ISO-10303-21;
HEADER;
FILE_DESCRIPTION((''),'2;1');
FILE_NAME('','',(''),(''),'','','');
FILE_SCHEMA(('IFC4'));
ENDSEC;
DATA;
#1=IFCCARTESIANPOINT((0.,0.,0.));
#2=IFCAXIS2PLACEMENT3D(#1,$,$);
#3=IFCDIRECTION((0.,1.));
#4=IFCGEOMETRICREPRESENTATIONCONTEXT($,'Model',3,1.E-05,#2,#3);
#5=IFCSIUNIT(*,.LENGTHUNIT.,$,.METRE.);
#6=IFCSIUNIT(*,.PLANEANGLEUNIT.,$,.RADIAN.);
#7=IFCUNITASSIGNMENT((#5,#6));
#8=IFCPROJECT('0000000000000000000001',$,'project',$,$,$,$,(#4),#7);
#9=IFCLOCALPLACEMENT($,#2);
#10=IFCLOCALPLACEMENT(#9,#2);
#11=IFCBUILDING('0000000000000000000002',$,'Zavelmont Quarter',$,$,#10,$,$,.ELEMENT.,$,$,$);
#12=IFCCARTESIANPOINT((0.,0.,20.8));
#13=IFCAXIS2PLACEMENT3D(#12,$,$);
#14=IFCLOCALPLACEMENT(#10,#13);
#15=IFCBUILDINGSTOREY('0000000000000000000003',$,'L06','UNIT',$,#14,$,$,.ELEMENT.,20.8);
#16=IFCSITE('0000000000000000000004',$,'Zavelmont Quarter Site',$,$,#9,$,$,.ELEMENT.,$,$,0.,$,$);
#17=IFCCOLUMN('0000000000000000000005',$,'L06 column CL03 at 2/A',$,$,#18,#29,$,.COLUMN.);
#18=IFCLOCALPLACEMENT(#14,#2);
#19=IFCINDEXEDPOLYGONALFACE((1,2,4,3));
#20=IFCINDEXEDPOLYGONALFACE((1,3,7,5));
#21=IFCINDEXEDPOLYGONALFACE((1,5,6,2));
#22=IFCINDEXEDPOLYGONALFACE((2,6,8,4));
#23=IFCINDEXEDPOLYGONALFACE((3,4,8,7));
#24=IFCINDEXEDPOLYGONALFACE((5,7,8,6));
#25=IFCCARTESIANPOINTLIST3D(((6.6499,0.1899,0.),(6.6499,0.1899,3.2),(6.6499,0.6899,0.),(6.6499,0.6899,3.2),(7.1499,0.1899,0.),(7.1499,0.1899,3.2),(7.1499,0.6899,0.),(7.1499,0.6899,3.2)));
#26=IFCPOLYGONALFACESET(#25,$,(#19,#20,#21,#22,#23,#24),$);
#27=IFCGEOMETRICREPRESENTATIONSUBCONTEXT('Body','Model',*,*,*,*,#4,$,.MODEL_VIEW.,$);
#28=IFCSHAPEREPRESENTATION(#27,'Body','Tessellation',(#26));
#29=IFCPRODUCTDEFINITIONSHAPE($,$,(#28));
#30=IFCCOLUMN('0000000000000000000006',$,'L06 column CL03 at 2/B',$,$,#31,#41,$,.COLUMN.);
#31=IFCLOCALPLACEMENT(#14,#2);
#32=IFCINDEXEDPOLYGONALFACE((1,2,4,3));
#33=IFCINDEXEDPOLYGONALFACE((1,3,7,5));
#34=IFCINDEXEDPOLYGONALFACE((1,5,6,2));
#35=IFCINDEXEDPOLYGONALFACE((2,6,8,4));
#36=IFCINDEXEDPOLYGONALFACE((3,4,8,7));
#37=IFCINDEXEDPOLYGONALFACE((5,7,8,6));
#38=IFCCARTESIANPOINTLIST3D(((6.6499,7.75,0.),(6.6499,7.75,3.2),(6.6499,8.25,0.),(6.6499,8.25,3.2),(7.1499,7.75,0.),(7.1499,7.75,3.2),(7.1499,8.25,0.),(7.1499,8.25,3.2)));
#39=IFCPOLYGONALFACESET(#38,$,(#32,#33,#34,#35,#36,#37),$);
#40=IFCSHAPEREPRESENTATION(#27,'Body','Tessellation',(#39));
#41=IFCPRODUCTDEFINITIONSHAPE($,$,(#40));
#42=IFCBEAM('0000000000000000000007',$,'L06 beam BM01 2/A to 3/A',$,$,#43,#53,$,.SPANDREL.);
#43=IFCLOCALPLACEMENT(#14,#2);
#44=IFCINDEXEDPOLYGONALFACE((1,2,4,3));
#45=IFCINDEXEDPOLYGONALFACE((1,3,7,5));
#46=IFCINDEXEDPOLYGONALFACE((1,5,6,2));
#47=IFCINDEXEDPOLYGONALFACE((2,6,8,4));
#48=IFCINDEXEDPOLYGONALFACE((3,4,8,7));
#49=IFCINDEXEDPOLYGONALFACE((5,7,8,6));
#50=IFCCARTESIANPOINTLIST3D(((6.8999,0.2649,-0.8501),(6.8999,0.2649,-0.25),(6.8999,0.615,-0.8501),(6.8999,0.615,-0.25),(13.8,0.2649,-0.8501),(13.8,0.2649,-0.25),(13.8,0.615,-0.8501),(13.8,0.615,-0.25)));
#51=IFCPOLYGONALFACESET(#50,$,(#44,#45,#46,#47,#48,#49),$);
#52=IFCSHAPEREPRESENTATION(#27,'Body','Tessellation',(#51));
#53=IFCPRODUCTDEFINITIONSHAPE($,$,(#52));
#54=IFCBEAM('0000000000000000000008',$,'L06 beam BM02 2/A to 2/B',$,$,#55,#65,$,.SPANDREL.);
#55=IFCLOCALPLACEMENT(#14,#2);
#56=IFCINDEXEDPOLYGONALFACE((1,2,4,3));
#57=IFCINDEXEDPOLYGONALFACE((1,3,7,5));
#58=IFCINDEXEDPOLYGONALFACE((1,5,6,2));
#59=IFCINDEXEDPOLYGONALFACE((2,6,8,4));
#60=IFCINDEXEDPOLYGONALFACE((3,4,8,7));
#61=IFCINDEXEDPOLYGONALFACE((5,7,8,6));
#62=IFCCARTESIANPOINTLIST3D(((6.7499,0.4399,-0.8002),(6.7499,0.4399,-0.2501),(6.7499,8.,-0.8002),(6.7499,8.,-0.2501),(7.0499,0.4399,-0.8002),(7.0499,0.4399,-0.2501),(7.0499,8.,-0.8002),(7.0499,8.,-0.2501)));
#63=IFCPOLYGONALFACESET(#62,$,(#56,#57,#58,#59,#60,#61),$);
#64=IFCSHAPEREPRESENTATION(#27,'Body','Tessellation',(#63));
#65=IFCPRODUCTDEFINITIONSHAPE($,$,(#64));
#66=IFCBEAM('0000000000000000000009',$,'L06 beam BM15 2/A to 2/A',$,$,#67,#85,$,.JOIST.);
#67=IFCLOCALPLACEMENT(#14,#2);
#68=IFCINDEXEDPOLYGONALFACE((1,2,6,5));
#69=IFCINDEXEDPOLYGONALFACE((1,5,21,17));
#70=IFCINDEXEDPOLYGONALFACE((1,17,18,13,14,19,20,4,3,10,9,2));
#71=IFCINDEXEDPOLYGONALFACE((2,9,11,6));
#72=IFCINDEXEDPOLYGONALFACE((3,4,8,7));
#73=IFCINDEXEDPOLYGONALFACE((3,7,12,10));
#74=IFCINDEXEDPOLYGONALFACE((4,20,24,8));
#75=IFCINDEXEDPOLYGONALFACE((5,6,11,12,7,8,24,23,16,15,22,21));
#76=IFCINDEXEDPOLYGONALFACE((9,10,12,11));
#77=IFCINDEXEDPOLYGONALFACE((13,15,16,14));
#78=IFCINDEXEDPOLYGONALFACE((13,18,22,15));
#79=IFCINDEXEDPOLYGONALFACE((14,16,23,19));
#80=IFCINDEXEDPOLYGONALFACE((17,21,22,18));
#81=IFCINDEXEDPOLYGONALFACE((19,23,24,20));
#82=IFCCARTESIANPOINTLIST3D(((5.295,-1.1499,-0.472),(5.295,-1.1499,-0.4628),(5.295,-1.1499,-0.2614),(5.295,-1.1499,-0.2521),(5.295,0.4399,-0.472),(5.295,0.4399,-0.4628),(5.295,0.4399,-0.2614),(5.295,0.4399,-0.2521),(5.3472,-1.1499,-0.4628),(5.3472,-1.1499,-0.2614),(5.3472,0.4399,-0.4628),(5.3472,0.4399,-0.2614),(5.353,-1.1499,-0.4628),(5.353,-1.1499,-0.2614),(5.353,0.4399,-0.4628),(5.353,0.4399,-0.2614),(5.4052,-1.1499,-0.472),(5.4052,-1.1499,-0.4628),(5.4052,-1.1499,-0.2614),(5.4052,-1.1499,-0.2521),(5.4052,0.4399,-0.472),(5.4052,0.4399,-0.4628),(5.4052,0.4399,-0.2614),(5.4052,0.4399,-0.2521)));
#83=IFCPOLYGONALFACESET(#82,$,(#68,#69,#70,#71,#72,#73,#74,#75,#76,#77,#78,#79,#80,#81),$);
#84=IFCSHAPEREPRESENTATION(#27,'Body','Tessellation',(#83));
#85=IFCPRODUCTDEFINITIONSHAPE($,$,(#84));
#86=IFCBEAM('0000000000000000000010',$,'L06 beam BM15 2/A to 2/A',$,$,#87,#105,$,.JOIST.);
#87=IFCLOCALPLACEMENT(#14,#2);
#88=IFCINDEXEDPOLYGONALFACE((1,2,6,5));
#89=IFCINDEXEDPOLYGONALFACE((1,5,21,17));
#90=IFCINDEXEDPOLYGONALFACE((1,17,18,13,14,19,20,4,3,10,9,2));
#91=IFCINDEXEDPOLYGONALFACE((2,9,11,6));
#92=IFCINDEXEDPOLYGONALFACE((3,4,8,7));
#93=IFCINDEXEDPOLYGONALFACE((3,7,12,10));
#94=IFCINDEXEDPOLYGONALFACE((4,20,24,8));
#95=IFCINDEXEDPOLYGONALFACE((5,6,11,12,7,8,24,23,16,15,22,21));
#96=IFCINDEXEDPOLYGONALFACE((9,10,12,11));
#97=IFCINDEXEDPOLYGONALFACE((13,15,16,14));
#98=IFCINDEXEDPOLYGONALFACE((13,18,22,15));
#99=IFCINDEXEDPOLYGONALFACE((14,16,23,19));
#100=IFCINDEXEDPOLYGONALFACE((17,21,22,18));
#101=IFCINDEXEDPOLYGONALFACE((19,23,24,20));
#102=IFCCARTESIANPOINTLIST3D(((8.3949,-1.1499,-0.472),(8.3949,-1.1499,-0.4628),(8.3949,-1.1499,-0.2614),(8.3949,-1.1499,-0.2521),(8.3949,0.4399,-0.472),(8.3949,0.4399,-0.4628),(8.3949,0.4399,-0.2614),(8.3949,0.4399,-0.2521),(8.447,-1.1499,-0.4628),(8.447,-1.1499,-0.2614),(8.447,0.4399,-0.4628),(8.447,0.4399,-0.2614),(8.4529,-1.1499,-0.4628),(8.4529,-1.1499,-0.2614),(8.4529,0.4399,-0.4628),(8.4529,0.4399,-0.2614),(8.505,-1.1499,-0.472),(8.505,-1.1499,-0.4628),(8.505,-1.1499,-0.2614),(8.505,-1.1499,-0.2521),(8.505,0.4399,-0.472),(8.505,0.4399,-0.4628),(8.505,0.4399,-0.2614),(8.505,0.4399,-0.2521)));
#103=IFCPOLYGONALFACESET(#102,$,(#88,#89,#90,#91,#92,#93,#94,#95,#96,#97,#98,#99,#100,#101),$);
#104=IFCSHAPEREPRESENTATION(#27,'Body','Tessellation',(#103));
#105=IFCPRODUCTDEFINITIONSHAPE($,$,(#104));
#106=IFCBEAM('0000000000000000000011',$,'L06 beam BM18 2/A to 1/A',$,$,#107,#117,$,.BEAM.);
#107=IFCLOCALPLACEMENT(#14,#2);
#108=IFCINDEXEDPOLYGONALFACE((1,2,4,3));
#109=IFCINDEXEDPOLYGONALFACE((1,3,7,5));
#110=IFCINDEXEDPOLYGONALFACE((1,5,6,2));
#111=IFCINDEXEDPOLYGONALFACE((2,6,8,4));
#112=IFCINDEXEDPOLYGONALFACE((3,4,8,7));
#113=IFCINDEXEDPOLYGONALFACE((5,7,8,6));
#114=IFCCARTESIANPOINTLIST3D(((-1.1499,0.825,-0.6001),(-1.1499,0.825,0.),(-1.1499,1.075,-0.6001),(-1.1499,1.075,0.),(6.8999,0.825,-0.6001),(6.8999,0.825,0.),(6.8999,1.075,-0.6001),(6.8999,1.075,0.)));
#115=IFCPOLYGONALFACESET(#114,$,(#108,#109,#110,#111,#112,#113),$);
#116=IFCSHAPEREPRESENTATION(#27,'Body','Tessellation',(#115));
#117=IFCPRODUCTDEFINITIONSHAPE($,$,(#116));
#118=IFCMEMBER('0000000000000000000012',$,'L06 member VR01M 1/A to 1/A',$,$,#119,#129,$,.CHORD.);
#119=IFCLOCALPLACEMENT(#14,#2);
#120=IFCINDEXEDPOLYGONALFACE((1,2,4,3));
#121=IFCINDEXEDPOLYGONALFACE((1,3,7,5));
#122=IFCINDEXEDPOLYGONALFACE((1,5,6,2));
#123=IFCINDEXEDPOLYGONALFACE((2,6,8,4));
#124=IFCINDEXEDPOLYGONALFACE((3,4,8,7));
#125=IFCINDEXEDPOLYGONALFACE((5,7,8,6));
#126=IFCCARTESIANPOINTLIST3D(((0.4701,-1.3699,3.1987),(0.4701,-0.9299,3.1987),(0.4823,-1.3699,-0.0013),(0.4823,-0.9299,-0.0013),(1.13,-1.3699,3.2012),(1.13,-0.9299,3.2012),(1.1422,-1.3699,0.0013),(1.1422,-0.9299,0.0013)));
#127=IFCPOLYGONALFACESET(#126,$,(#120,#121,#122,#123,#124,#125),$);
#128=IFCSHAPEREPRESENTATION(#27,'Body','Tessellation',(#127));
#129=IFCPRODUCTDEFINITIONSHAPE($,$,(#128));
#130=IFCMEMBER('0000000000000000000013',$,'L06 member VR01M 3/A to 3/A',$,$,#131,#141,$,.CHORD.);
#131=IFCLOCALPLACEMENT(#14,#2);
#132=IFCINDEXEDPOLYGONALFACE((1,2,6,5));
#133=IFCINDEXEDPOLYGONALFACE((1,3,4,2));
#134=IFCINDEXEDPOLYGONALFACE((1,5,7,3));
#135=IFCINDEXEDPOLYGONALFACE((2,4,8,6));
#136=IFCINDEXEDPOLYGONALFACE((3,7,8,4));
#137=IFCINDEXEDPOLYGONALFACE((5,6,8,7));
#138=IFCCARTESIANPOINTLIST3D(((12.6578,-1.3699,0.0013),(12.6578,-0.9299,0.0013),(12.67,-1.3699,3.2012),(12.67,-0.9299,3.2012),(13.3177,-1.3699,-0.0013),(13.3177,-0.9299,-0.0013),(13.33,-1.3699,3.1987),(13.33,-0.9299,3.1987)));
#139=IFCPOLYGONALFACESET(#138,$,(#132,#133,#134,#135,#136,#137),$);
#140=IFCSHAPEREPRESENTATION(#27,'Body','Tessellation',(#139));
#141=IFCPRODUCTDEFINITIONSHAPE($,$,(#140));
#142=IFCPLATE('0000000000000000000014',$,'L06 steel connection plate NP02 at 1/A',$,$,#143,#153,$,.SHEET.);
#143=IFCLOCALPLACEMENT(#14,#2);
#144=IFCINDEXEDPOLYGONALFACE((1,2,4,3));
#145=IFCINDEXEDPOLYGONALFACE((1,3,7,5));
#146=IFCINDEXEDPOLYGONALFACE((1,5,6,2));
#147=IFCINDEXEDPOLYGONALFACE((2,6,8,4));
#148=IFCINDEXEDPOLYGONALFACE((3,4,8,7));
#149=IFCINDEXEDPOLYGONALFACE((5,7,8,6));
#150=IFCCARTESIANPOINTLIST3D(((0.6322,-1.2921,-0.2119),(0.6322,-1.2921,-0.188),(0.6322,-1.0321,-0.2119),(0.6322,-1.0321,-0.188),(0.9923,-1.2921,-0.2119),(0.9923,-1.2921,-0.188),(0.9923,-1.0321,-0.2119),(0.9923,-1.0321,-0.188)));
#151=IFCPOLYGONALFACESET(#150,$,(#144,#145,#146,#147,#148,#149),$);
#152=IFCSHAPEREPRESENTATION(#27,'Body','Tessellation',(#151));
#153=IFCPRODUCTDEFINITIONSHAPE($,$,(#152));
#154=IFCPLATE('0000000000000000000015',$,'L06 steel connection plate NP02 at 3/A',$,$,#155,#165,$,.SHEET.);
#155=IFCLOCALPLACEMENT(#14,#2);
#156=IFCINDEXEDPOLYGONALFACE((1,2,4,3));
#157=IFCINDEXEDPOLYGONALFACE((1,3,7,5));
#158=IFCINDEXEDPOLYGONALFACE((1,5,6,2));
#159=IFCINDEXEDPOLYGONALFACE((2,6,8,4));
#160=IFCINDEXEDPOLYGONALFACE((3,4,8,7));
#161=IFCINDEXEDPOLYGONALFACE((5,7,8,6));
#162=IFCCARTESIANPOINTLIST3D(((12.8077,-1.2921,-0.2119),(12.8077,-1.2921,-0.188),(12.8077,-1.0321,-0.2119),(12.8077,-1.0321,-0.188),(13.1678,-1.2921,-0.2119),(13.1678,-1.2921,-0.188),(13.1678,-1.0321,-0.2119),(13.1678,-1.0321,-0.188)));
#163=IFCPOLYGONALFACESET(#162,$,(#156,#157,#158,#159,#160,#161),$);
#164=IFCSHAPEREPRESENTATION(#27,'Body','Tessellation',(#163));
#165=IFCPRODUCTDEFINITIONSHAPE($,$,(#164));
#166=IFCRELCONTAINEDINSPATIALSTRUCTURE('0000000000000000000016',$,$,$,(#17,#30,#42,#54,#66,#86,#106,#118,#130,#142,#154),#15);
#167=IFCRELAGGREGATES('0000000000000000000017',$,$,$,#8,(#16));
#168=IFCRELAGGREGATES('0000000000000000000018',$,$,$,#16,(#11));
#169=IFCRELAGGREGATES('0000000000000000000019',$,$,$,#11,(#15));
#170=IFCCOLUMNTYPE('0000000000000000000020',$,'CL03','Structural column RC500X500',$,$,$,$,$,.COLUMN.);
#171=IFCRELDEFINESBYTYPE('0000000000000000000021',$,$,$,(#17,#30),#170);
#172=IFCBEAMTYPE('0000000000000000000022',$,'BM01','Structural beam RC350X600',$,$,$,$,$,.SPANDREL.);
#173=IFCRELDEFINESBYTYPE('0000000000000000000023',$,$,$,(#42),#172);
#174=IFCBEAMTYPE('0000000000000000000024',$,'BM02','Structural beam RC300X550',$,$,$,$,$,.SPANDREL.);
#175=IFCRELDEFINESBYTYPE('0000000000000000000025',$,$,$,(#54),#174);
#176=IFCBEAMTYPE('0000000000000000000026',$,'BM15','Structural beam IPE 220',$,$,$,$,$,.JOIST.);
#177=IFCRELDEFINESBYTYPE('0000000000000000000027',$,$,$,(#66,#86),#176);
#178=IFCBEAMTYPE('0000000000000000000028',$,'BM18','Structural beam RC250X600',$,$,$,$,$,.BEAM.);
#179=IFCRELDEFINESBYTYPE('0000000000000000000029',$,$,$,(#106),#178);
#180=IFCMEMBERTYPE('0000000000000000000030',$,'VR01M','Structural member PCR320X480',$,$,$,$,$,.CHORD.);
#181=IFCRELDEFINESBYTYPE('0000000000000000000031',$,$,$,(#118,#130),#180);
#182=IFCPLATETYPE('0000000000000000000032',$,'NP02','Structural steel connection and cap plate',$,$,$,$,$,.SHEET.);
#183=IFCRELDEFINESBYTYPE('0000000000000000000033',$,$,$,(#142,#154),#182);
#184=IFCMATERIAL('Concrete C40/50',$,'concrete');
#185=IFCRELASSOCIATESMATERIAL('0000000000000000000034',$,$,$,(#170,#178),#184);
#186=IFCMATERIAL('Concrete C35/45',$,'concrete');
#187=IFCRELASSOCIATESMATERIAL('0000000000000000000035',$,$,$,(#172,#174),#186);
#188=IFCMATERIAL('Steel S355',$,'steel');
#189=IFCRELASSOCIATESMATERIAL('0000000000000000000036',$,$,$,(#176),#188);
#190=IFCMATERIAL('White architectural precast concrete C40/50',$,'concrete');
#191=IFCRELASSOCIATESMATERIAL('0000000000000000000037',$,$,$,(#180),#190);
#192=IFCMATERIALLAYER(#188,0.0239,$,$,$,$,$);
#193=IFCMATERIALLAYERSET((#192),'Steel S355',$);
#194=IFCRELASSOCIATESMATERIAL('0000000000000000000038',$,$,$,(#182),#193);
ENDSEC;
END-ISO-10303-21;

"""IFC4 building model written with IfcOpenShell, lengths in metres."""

from ifc_helpers import new_model, si_unit, direction, frame, origin, origin_2d, place, context, subcontext, project, spatial, rectangle, i_section, extrude, material, layer, layer_set, material_profile, profile_set, type_object, element, save


model = new_model("IFC4")

# Units and contexts
model_context = context("Model", 3, precision=1e-05, world=origin(), true_north=direction((0.0, 1.0)))
body_context = subcontext(model_context, "Body", "Model", "MODEL_VIEW")
ifc_project = project(units=[si_unit("LENGTHUNIT", "METRE"), si_unit("PLANEANGLEUNIT", "RADIAN")], contexts=[model_context])

# Site, building, storey
site_placement = place(None, origin())
site = spatial("IfcSite", under=ifc_project, at=site_placement, Name="Zavelmont Quarter Site", CompositionType="ELEMENT", RefElevation=0.0)
building_placement = place(site_placement, origin())
building = spatial("IfcBuilding", under=site, at=building_placement, Name="Zavelmont Quarter", CompositionType="ELEMENT")
storey_placement = place(building_placement, frame((0.0, 0.0, 20.8)))
storey = spatial("IfcBuildingStorey", under=building, at=storey_placement, Name="L06", Description="UNIT", CompositionType="ELEMENT", Elevation=20.8)

# Columns
ifc_material_1 = material(Name="Concrete C40/50", Category="concrete")
ifc_material_profile_1 = material_profile(ifc_material_1, rectangle(XDim=0.5, YDim=0.5, at=origin_2d()), Name="RC500X500")
ifc_profile_set_1 = profile_set([ifc_material_profile_1], Name="Concrete C40/50")
column_type = type_object("IfcColumnType", Name="CL03", Description="Structural column RC500X500", PredefinedType="COLUMN", material=ifc_profile_set_1)
for number, where, z_axis, x_axis, name in (
    (1, (6.8999, 0.4399, 0.0), (0.0, 0.0, 1.0), (1.0, 0.0, 0.0), "L06 column CL03 at 2/A"),
    (2, (6.8999, 8.0, 0.0), (0.0, 0.0, 1.0), (1.0, 0.0, 0.0), "L06 column CL03 at 2/B"),
):
    element("IfcColumn", number, at=place(storey_placement, frame(where, z_axis=z_axis, x_axis=x_axis)), inside=storey, type_object=column_type, Name=name, PredefinedType="COLUMN", context=body_context, shape_type="SweptSolid", body=[
        extrude(rectangle(XDim=0.5, YDim=0.5, at=origin_2d()), origin(), (0.0, 0.0, 1.0), 3.2),
    ])

# Beams
ifc_material_2 = material(Name="Concrete C35/45", Category="concrete")
ifc_material_profile_2 = material_profile(ifc_material_2, rectangle(XDim=0.3501, YDim=0.6001, at=origin_2d()), Name="RC350X600")
ifc_profile_set_2 = profile_set([ifc_material_profile_2], Name="Concrete C35/45")
beam_type_1 = type_object("IfcBeamType", Name="BM01", Description="Structural beam RC350X600", PredefinedType="SPANDREL", material=ifc_profile_set_2)
beam_1_placement = place(storey_placement, frame((6.8999, 0.4399, -0.55), z_axis=(1.0, 0.0, 0.0), x_axis=(0.0, 1.0, 0.0)))
element("IfcBeam", 3, at=beam_1_placement, inside=storey, type_object=beam_type_1, Name="L06 beam BM01 2/A to 3/A", PredefinedType="SPANDREL", context=body_context, shape_type="SweptSolid", body=[
    extrude(rectangle(XDim=0.3501, YDim=0.6001, at=origin_2d()), origin(), (0.0, 0.0, 1.0), 6.9001),
])
ifc_material_profile_3 = material_profile(ifc_material_2, rectangle(XDim=0.3, YDim=0.55, at=origin_2d()), Name="RC300X550")
ifc_profile_set_3 = profile_set([ifc_material_profile_3], Name="Concrete C35/45")
beam_type_2 = type_object("IfcBeamType", Name="BM02", Description="Structural beam RC300X550", PredefinedType="SPANDREL", material=ifc_profile_set_3)
beam_2_placement = place(storey_placement, frame((6.8999, 0.4399, -0.5251), z_axis=(0.0, 1.0, 0.0), x_axis=(-1.0, 0.0, 0.0)))
element("IfcBeam", 4, at=beam_2_placement, inside=storey, type_object=beam_type_2, Name="L06 beam BM02 2/A to 2/B", PredefinedType="SPANDREL", context=body_context, shape_type="SweptSolid", body=[
    extrude(rectangle(XDim=0.3, YDim=0.55, at=origin_2d()), origin(), (0.0, 0.0, 1.0), 7.5601),
])
ifc_material_3 = material(Name="Steel S355", Category="steel")
ifc_material_profile_4 = material_profile(ifc_material_3, i_section(OverallWidth=0.1101, OverallDepth=0.22, WebThickness=0.0059, FlangeThickness=0.0093, at=origin_2d()), Name="IPE 220")
ifc_profile_set_4 = profile_set([ifc_material_profile_4], Name="Steel S355")
beam_type_3 = type_object("IfcBeamType", Name="BM15", Description="Structural beam IPE 220", PredefinedType="JOIST", material=ifc_profile_set_4)
for number, where, z_axis, x_axis, name in (
    (5, (5.3501, 0.4399, -0.3621), (0.0, -1.0, 0.0), (1.0, 0.0, 0.0), "L06 beam BM15 2/A to 2/A"),
    (6, (8.45, 0.4399, -0.3621), (0.0, -1.0, 0.0), (1.0, 0.0, 0.0), "L06 beam BM15 2/A to 2/A"),
):
    element("IfcBeam", number, at=place(storey_placement, frame(where, z_axis=z_axis, x_axis=x_axis)), inside=storey, type_object=beam_type_3, Name=name, PredefinedType="JOIST", context=body_context, shape_type="SweptSolid", body=[
        extrude(i_section(OverallWidth=0.1101, OverallDepth=0.22, WebThickness=0.0059, FlangeThickness=0.0093, at=origin_2d()), origin(), (0.0, 0.0, 1.0), 1.5898),
    ])
ifc_material_profile_5 = material_profile(ifc_material_1, rectangle(XDim=0.25, YDim=0.6001, at=origin_2d()), Name="RC250X600")
ifc_profile_set_5 = profile_set([ifc_material_profile_5], Name="Concrete C40/50")
beam_type_4 = type_object("IfcBeamType", Name="BM18", Description="Structural beam RC250X600", PredefinedType="BEAM", material=ifc_profile_set_5)
beam_3_placement = place(storey_placement, frame((6.8999, 0.95, -0.3), z_axis=(-1.0, 0.0, 0.0), x_axis=(0.0, -1.0, 0.0)))
element("IfcBeam", 7, at=beam_3_placement, inside=storey, type_object=beam_type_4, Name="L06 beam BM18 2/A to 1/A", PredefinedType="BEAM", context=body_context, shape_type="SweptSolid", body=[
    extrude(rectangle(XDim=0.25, YDim=0.6001, at=origin_2d()), origin(), (0.0, 0.0, 1.0), 8.0498),
])

# Members
ifc_material_4 = material(Name="White architectural precast concrete C40/50", Category="concrete")
ifc_material_profile_6 = material_profile(ifc_material_4, rectangle(XDim=0.4399, YDim=0.6599, at=origin_2d()), Name="PCR320X480")
ifc_profile_set_6 = profile_set([ifc_material_profile_6], Name="White architectural precast concrete C40/50")
member_type = type_object("IfcMemberType", Name="VR01M", Description="Structural member PCR320X480", PredefinedType="CHORD", material=ifc_profile_set_6)
for number, where, z_axis, x_axis, name in (
    (8, (0.8123, -1.1499, 0.0), (-0.003815, 0.0, 0.999993), (0.0, -1.0, 0.0), "L06 member VR01M 1/A to 1/A"),
    (9, (12.9878, -1.1499, 0.0), (0.003815, 0.0, 0.999993), (0.0, 1.0, 0.0), "L06 member VR01M 3/A to 3/A"),
):
    element("IfcMember", number, at=place(storey_placement, frame(where, z_axis=z_axis, x_axis=x_axis)), inside=storey, type_object=member_type, Name=name, PredefinedType="CHORD", context=body_context, shape_type="SweptSolid", body=[
        extrude(rectangle(XDim=0.4399, YDim=0.6599, at=origin_2d()), origin(), (0.0, 0.0, 1.0), 3.2),
    ])

# Plates
ifc_layer_1 = layer(ifc_material_3, 0.0239)
ifc_layer_set_1 = layer_set([ifc_layer_1], Name="Steel S355")
plate_type = type_object("IfcPlateType", Name="NP02", Description="Structural steel connection and cap plate", PredefinedType="SHEET", material=ifc_layer_set_1)
for number, where, z_axis, x_axis, name in (
    (10, (0.8123, -1.1621, -0.2119), (0.0, 0.0, 1.0), (1.0, 0.0, 0.0), "L06 steel connection plate NP02 at 1/A"),
    (11, (12.9878, -1.1621, -0.2119), (0.0, 0.0, 1.0), (1.0, 0.0, 0.0), "L06 steel connection plate NP02 at 3/A"),
):
    element("IfcPlate", number, at=place(storey_placement, frame(where, z_axis=z_axis, x_axis=x_axis)), inside=storey, type_object=plate_type, Name=name, PredefinedType="SHEET", context=body_context, shape_type="SweptSolid", body=[
        extrude(rectangle(XDim=0.3601, YDim=0.26, at=origin_2d()), origin(), (0.0, 0.0, 1.0), 0.0239),
    ])

save(model, "model.ifc")
